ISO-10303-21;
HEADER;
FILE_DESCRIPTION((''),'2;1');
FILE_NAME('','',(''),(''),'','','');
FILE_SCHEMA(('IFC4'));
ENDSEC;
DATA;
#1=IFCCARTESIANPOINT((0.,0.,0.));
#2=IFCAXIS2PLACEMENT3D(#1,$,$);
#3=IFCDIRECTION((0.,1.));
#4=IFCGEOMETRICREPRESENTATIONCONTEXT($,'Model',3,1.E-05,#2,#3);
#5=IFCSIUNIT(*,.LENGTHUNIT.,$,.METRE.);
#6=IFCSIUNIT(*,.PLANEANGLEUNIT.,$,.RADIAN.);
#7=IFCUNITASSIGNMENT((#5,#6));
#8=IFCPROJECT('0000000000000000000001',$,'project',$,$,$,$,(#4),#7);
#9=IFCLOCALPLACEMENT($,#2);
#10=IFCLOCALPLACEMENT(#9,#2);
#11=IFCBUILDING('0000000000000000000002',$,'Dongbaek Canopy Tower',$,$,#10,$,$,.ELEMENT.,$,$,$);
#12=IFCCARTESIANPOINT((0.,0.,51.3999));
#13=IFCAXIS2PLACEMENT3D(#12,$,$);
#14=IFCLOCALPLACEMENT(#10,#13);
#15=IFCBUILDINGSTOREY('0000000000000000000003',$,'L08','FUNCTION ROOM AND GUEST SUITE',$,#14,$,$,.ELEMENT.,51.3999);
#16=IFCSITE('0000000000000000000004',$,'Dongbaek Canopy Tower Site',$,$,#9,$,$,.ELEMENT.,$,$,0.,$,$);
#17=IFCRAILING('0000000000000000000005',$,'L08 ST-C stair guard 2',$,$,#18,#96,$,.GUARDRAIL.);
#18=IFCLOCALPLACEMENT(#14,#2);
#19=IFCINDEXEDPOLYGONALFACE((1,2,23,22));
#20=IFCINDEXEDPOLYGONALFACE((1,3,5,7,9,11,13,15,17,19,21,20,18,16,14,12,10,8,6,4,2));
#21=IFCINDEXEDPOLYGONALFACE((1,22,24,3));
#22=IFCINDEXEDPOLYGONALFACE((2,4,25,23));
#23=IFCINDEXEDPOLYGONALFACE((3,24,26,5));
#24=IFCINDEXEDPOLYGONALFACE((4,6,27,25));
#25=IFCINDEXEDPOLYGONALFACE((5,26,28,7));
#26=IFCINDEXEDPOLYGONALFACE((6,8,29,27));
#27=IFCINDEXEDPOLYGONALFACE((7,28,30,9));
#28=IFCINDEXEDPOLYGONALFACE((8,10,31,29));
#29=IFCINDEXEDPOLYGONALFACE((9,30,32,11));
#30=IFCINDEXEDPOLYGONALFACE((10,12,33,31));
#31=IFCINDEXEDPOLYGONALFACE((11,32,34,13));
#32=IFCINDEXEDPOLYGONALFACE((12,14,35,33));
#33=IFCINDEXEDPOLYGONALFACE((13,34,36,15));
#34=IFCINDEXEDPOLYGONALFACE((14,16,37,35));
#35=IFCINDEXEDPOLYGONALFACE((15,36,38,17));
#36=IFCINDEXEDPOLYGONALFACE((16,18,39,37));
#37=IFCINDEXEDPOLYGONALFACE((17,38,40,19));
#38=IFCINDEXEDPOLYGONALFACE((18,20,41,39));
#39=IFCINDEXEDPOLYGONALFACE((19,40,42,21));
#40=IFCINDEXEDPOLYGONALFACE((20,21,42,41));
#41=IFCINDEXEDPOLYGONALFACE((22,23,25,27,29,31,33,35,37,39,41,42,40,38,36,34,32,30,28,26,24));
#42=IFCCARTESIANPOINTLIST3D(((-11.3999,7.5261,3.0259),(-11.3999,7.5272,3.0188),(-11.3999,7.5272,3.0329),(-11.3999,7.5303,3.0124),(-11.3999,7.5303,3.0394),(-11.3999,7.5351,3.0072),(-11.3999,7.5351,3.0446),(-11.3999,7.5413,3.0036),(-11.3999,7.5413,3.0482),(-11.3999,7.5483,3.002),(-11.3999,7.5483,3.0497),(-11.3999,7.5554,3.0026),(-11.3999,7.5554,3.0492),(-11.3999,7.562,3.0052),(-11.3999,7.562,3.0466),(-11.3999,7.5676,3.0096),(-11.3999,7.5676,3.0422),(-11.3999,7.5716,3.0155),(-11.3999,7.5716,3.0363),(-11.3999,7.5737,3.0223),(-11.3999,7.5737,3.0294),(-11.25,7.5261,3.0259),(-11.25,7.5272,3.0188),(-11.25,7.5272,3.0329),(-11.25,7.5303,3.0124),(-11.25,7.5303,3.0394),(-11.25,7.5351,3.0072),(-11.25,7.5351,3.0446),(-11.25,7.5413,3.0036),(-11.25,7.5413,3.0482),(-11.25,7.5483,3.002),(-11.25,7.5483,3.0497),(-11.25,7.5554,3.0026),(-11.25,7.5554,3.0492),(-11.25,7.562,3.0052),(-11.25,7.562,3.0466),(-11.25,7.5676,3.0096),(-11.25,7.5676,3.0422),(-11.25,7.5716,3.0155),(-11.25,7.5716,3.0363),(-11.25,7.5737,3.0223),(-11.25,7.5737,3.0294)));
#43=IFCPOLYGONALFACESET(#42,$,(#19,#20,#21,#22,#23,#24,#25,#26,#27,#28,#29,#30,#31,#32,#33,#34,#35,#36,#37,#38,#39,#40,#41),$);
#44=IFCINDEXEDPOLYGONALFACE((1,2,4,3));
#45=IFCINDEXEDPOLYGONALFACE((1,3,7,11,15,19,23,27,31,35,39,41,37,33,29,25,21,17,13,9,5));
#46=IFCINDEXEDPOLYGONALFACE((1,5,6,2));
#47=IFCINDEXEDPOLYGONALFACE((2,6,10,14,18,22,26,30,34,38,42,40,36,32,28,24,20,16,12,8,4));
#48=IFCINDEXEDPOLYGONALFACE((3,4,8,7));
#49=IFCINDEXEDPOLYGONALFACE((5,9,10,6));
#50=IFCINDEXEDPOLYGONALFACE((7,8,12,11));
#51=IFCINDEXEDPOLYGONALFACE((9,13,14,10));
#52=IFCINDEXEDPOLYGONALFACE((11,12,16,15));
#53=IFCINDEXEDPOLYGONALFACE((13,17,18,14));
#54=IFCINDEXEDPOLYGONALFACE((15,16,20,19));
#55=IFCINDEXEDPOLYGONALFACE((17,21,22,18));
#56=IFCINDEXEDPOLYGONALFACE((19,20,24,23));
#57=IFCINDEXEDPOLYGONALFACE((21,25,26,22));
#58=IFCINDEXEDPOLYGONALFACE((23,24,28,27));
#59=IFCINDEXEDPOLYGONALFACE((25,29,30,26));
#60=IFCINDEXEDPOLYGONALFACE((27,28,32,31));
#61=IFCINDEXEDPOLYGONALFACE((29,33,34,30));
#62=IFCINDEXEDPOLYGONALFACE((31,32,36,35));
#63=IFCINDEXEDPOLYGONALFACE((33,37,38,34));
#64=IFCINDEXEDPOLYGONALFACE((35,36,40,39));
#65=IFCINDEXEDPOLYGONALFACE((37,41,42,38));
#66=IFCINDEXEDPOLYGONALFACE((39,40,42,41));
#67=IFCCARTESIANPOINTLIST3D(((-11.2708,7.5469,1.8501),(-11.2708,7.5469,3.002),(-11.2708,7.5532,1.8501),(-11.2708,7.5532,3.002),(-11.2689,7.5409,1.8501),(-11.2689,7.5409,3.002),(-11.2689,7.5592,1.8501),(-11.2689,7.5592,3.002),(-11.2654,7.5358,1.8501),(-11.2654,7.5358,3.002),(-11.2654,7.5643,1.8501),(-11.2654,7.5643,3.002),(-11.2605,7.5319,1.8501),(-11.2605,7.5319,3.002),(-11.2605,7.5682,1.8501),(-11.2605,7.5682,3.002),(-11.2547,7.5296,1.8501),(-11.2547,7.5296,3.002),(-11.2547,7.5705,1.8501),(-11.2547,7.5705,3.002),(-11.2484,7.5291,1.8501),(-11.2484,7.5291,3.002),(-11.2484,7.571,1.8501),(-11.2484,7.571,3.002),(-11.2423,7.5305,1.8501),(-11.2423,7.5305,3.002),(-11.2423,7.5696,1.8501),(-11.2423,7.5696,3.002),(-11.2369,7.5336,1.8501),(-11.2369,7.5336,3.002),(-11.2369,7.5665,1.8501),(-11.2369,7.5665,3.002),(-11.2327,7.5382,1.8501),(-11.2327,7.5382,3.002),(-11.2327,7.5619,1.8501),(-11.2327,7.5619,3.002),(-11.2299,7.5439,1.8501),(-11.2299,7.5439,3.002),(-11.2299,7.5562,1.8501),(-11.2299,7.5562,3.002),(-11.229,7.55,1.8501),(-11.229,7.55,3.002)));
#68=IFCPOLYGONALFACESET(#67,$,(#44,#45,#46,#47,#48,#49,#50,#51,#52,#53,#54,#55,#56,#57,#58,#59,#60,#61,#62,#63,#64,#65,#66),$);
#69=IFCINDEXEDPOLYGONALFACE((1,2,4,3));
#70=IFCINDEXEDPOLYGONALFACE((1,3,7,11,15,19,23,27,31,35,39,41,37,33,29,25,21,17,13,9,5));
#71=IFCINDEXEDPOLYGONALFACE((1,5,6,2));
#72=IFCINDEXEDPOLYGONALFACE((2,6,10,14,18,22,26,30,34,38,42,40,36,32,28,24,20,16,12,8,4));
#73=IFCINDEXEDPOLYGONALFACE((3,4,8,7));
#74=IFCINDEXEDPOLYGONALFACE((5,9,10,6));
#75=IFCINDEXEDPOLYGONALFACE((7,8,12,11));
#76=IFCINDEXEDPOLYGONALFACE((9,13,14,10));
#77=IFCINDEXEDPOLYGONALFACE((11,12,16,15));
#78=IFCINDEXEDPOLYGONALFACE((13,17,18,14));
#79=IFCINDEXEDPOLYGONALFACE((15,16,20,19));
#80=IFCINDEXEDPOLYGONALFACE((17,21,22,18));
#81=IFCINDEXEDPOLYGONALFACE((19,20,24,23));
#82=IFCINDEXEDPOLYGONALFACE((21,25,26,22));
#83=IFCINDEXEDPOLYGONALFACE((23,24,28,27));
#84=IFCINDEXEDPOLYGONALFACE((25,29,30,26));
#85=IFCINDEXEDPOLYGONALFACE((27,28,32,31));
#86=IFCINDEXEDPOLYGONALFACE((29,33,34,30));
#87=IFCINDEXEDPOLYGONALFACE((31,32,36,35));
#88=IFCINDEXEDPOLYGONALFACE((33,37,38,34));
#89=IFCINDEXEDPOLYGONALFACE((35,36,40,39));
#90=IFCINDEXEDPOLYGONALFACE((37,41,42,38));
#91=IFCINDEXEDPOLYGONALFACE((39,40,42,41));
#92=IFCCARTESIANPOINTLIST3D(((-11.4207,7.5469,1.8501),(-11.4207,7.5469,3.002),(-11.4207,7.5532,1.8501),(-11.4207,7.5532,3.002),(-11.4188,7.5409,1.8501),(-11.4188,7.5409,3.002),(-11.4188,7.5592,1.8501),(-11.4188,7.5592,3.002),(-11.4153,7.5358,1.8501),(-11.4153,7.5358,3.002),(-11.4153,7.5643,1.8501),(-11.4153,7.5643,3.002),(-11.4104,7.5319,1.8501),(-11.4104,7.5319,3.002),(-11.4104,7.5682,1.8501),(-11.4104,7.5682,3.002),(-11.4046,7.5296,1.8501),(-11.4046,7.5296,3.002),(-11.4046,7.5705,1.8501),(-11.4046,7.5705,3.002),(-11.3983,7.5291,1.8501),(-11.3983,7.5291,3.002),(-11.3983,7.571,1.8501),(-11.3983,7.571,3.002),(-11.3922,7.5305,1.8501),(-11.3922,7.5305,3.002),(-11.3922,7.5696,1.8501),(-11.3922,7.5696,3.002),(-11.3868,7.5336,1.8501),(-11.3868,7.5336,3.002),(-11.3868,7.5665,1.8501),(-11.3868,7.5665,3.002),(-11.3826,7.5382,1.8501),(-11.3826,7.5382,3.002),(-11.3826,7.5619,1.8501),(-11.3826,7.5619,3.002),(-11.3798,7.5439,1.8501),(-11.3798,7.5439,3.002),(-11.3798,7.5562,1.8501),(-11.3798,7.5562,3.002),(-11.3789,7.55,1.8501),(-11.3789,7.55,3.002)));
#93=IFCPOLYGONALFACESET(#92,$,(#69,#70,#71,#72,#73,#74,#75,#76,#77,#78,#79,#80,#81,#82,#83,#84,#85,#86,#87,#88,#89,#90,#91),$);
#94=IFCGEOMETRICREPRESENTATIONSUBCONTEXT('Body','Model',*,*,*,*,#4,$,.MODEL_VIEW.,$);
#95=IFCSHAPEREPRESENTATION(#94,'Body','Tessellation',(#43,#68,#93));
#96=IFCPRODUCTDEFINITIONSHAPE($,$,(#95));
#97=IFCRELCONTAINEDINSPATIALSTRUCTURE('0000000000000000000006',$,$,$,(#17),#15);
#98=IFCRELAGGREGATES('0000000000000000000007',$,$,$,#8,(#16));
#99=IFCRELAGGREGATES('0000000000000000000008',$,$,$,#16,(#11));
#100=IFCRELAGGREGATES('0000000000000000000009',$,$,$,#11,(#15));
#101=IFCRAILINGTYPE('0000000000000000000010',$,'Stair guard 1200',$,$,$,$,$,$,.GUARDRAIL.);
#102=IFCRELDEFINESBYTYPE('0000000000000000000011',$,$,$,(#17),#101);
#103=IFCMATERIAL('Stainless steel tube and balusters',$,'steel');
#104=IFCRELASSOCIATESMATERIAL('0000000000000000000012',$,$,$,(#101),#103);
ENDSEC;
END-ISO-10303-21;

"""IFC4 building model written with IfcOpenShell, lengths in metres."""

from ifc_helpers import new_model, si_unit, direction, frame, origin, origin_2d, place, context, subcontext, project, spatial, circle, extrude, material, type_object, element, save


model = new_model("IFC4")

# Units and contexts
model_context = context("Model", 3, precision=1e-05, world=origin(), true_north=direction((0.0, 1.0)))
body_context = subcontext(model_context, "Body", "Model", "MODEL_VIEW")
ifc_project = project(units=[si_unit("LENGTHUNIT", "METRE"), si_unit("PLANEANGLEUNIT", "RADIAN")], contexts=[model_context])

# Site, building, storey
site_placement = place(None, origin())
site = spatial("IfcSite", under=ifc_project, at=site_placement, Name="Dongbaek Canopy Tower Site", CompositionType="ELEMENT", RefElevation=0.0)
building_placement = place(site_placement, origin())
building = spatial("IfcBuilding", under=site, at=building_placement, Name="Dongbaek Canopy Tower", CompositionType="ELEMENT")
storey_placement = place(building_placement, frame((0.0, 0.0, 51.3999)))
storey = spatial("IfcBuildingStorey", under=building, at=storey_placement, Name="L08", Description="FUNCTION ROOM AND GUEST SUITE", CompositionType="ELEMENT", Elevation=51.3999)

# Railing
ifc_material_1 = material(Name="Stainless steel tube and balusters", Category="steel")
railing_type_1 = type_object("IfcRailingType", Name="Stair guard 1200", PredefinedType="GUARDRAIL", material=ifc_material_1)
railing_1_placement = place(storey_placement, frame((-11.25, 7.55, 1.8501)))
element("IfcRailing", 1, at=railing_1_placement, inside=storey, type_object=railing_type_1, Name="L08 ST-C stair guard 2", PredefinedType="GUARDRAIL", context=body_context, shape_type="SweptSolid", body=[
    extrude(circle(Radius=0.0239, at=origin_2d()), frame((0.0, 0.0, 1.1758), z_axis=(-1.0, 0.0, 0.0), x_axis=(0.0, -1.0, 0.0)), (0.0, 0.0, 1.0), 0.1499),
    extrude(circle(Radius=0.021, at=origin_2d()), origin(), (0.0, 0.0, 1.0), 1.1519),
    extrude(circle(Radius=0.021, at=origin_2d()), frame((-0.1499, 0.0, 0.0)), (0.0, 0.0, 1.0), 1.1519),
])

save(model, "model.ifc")
